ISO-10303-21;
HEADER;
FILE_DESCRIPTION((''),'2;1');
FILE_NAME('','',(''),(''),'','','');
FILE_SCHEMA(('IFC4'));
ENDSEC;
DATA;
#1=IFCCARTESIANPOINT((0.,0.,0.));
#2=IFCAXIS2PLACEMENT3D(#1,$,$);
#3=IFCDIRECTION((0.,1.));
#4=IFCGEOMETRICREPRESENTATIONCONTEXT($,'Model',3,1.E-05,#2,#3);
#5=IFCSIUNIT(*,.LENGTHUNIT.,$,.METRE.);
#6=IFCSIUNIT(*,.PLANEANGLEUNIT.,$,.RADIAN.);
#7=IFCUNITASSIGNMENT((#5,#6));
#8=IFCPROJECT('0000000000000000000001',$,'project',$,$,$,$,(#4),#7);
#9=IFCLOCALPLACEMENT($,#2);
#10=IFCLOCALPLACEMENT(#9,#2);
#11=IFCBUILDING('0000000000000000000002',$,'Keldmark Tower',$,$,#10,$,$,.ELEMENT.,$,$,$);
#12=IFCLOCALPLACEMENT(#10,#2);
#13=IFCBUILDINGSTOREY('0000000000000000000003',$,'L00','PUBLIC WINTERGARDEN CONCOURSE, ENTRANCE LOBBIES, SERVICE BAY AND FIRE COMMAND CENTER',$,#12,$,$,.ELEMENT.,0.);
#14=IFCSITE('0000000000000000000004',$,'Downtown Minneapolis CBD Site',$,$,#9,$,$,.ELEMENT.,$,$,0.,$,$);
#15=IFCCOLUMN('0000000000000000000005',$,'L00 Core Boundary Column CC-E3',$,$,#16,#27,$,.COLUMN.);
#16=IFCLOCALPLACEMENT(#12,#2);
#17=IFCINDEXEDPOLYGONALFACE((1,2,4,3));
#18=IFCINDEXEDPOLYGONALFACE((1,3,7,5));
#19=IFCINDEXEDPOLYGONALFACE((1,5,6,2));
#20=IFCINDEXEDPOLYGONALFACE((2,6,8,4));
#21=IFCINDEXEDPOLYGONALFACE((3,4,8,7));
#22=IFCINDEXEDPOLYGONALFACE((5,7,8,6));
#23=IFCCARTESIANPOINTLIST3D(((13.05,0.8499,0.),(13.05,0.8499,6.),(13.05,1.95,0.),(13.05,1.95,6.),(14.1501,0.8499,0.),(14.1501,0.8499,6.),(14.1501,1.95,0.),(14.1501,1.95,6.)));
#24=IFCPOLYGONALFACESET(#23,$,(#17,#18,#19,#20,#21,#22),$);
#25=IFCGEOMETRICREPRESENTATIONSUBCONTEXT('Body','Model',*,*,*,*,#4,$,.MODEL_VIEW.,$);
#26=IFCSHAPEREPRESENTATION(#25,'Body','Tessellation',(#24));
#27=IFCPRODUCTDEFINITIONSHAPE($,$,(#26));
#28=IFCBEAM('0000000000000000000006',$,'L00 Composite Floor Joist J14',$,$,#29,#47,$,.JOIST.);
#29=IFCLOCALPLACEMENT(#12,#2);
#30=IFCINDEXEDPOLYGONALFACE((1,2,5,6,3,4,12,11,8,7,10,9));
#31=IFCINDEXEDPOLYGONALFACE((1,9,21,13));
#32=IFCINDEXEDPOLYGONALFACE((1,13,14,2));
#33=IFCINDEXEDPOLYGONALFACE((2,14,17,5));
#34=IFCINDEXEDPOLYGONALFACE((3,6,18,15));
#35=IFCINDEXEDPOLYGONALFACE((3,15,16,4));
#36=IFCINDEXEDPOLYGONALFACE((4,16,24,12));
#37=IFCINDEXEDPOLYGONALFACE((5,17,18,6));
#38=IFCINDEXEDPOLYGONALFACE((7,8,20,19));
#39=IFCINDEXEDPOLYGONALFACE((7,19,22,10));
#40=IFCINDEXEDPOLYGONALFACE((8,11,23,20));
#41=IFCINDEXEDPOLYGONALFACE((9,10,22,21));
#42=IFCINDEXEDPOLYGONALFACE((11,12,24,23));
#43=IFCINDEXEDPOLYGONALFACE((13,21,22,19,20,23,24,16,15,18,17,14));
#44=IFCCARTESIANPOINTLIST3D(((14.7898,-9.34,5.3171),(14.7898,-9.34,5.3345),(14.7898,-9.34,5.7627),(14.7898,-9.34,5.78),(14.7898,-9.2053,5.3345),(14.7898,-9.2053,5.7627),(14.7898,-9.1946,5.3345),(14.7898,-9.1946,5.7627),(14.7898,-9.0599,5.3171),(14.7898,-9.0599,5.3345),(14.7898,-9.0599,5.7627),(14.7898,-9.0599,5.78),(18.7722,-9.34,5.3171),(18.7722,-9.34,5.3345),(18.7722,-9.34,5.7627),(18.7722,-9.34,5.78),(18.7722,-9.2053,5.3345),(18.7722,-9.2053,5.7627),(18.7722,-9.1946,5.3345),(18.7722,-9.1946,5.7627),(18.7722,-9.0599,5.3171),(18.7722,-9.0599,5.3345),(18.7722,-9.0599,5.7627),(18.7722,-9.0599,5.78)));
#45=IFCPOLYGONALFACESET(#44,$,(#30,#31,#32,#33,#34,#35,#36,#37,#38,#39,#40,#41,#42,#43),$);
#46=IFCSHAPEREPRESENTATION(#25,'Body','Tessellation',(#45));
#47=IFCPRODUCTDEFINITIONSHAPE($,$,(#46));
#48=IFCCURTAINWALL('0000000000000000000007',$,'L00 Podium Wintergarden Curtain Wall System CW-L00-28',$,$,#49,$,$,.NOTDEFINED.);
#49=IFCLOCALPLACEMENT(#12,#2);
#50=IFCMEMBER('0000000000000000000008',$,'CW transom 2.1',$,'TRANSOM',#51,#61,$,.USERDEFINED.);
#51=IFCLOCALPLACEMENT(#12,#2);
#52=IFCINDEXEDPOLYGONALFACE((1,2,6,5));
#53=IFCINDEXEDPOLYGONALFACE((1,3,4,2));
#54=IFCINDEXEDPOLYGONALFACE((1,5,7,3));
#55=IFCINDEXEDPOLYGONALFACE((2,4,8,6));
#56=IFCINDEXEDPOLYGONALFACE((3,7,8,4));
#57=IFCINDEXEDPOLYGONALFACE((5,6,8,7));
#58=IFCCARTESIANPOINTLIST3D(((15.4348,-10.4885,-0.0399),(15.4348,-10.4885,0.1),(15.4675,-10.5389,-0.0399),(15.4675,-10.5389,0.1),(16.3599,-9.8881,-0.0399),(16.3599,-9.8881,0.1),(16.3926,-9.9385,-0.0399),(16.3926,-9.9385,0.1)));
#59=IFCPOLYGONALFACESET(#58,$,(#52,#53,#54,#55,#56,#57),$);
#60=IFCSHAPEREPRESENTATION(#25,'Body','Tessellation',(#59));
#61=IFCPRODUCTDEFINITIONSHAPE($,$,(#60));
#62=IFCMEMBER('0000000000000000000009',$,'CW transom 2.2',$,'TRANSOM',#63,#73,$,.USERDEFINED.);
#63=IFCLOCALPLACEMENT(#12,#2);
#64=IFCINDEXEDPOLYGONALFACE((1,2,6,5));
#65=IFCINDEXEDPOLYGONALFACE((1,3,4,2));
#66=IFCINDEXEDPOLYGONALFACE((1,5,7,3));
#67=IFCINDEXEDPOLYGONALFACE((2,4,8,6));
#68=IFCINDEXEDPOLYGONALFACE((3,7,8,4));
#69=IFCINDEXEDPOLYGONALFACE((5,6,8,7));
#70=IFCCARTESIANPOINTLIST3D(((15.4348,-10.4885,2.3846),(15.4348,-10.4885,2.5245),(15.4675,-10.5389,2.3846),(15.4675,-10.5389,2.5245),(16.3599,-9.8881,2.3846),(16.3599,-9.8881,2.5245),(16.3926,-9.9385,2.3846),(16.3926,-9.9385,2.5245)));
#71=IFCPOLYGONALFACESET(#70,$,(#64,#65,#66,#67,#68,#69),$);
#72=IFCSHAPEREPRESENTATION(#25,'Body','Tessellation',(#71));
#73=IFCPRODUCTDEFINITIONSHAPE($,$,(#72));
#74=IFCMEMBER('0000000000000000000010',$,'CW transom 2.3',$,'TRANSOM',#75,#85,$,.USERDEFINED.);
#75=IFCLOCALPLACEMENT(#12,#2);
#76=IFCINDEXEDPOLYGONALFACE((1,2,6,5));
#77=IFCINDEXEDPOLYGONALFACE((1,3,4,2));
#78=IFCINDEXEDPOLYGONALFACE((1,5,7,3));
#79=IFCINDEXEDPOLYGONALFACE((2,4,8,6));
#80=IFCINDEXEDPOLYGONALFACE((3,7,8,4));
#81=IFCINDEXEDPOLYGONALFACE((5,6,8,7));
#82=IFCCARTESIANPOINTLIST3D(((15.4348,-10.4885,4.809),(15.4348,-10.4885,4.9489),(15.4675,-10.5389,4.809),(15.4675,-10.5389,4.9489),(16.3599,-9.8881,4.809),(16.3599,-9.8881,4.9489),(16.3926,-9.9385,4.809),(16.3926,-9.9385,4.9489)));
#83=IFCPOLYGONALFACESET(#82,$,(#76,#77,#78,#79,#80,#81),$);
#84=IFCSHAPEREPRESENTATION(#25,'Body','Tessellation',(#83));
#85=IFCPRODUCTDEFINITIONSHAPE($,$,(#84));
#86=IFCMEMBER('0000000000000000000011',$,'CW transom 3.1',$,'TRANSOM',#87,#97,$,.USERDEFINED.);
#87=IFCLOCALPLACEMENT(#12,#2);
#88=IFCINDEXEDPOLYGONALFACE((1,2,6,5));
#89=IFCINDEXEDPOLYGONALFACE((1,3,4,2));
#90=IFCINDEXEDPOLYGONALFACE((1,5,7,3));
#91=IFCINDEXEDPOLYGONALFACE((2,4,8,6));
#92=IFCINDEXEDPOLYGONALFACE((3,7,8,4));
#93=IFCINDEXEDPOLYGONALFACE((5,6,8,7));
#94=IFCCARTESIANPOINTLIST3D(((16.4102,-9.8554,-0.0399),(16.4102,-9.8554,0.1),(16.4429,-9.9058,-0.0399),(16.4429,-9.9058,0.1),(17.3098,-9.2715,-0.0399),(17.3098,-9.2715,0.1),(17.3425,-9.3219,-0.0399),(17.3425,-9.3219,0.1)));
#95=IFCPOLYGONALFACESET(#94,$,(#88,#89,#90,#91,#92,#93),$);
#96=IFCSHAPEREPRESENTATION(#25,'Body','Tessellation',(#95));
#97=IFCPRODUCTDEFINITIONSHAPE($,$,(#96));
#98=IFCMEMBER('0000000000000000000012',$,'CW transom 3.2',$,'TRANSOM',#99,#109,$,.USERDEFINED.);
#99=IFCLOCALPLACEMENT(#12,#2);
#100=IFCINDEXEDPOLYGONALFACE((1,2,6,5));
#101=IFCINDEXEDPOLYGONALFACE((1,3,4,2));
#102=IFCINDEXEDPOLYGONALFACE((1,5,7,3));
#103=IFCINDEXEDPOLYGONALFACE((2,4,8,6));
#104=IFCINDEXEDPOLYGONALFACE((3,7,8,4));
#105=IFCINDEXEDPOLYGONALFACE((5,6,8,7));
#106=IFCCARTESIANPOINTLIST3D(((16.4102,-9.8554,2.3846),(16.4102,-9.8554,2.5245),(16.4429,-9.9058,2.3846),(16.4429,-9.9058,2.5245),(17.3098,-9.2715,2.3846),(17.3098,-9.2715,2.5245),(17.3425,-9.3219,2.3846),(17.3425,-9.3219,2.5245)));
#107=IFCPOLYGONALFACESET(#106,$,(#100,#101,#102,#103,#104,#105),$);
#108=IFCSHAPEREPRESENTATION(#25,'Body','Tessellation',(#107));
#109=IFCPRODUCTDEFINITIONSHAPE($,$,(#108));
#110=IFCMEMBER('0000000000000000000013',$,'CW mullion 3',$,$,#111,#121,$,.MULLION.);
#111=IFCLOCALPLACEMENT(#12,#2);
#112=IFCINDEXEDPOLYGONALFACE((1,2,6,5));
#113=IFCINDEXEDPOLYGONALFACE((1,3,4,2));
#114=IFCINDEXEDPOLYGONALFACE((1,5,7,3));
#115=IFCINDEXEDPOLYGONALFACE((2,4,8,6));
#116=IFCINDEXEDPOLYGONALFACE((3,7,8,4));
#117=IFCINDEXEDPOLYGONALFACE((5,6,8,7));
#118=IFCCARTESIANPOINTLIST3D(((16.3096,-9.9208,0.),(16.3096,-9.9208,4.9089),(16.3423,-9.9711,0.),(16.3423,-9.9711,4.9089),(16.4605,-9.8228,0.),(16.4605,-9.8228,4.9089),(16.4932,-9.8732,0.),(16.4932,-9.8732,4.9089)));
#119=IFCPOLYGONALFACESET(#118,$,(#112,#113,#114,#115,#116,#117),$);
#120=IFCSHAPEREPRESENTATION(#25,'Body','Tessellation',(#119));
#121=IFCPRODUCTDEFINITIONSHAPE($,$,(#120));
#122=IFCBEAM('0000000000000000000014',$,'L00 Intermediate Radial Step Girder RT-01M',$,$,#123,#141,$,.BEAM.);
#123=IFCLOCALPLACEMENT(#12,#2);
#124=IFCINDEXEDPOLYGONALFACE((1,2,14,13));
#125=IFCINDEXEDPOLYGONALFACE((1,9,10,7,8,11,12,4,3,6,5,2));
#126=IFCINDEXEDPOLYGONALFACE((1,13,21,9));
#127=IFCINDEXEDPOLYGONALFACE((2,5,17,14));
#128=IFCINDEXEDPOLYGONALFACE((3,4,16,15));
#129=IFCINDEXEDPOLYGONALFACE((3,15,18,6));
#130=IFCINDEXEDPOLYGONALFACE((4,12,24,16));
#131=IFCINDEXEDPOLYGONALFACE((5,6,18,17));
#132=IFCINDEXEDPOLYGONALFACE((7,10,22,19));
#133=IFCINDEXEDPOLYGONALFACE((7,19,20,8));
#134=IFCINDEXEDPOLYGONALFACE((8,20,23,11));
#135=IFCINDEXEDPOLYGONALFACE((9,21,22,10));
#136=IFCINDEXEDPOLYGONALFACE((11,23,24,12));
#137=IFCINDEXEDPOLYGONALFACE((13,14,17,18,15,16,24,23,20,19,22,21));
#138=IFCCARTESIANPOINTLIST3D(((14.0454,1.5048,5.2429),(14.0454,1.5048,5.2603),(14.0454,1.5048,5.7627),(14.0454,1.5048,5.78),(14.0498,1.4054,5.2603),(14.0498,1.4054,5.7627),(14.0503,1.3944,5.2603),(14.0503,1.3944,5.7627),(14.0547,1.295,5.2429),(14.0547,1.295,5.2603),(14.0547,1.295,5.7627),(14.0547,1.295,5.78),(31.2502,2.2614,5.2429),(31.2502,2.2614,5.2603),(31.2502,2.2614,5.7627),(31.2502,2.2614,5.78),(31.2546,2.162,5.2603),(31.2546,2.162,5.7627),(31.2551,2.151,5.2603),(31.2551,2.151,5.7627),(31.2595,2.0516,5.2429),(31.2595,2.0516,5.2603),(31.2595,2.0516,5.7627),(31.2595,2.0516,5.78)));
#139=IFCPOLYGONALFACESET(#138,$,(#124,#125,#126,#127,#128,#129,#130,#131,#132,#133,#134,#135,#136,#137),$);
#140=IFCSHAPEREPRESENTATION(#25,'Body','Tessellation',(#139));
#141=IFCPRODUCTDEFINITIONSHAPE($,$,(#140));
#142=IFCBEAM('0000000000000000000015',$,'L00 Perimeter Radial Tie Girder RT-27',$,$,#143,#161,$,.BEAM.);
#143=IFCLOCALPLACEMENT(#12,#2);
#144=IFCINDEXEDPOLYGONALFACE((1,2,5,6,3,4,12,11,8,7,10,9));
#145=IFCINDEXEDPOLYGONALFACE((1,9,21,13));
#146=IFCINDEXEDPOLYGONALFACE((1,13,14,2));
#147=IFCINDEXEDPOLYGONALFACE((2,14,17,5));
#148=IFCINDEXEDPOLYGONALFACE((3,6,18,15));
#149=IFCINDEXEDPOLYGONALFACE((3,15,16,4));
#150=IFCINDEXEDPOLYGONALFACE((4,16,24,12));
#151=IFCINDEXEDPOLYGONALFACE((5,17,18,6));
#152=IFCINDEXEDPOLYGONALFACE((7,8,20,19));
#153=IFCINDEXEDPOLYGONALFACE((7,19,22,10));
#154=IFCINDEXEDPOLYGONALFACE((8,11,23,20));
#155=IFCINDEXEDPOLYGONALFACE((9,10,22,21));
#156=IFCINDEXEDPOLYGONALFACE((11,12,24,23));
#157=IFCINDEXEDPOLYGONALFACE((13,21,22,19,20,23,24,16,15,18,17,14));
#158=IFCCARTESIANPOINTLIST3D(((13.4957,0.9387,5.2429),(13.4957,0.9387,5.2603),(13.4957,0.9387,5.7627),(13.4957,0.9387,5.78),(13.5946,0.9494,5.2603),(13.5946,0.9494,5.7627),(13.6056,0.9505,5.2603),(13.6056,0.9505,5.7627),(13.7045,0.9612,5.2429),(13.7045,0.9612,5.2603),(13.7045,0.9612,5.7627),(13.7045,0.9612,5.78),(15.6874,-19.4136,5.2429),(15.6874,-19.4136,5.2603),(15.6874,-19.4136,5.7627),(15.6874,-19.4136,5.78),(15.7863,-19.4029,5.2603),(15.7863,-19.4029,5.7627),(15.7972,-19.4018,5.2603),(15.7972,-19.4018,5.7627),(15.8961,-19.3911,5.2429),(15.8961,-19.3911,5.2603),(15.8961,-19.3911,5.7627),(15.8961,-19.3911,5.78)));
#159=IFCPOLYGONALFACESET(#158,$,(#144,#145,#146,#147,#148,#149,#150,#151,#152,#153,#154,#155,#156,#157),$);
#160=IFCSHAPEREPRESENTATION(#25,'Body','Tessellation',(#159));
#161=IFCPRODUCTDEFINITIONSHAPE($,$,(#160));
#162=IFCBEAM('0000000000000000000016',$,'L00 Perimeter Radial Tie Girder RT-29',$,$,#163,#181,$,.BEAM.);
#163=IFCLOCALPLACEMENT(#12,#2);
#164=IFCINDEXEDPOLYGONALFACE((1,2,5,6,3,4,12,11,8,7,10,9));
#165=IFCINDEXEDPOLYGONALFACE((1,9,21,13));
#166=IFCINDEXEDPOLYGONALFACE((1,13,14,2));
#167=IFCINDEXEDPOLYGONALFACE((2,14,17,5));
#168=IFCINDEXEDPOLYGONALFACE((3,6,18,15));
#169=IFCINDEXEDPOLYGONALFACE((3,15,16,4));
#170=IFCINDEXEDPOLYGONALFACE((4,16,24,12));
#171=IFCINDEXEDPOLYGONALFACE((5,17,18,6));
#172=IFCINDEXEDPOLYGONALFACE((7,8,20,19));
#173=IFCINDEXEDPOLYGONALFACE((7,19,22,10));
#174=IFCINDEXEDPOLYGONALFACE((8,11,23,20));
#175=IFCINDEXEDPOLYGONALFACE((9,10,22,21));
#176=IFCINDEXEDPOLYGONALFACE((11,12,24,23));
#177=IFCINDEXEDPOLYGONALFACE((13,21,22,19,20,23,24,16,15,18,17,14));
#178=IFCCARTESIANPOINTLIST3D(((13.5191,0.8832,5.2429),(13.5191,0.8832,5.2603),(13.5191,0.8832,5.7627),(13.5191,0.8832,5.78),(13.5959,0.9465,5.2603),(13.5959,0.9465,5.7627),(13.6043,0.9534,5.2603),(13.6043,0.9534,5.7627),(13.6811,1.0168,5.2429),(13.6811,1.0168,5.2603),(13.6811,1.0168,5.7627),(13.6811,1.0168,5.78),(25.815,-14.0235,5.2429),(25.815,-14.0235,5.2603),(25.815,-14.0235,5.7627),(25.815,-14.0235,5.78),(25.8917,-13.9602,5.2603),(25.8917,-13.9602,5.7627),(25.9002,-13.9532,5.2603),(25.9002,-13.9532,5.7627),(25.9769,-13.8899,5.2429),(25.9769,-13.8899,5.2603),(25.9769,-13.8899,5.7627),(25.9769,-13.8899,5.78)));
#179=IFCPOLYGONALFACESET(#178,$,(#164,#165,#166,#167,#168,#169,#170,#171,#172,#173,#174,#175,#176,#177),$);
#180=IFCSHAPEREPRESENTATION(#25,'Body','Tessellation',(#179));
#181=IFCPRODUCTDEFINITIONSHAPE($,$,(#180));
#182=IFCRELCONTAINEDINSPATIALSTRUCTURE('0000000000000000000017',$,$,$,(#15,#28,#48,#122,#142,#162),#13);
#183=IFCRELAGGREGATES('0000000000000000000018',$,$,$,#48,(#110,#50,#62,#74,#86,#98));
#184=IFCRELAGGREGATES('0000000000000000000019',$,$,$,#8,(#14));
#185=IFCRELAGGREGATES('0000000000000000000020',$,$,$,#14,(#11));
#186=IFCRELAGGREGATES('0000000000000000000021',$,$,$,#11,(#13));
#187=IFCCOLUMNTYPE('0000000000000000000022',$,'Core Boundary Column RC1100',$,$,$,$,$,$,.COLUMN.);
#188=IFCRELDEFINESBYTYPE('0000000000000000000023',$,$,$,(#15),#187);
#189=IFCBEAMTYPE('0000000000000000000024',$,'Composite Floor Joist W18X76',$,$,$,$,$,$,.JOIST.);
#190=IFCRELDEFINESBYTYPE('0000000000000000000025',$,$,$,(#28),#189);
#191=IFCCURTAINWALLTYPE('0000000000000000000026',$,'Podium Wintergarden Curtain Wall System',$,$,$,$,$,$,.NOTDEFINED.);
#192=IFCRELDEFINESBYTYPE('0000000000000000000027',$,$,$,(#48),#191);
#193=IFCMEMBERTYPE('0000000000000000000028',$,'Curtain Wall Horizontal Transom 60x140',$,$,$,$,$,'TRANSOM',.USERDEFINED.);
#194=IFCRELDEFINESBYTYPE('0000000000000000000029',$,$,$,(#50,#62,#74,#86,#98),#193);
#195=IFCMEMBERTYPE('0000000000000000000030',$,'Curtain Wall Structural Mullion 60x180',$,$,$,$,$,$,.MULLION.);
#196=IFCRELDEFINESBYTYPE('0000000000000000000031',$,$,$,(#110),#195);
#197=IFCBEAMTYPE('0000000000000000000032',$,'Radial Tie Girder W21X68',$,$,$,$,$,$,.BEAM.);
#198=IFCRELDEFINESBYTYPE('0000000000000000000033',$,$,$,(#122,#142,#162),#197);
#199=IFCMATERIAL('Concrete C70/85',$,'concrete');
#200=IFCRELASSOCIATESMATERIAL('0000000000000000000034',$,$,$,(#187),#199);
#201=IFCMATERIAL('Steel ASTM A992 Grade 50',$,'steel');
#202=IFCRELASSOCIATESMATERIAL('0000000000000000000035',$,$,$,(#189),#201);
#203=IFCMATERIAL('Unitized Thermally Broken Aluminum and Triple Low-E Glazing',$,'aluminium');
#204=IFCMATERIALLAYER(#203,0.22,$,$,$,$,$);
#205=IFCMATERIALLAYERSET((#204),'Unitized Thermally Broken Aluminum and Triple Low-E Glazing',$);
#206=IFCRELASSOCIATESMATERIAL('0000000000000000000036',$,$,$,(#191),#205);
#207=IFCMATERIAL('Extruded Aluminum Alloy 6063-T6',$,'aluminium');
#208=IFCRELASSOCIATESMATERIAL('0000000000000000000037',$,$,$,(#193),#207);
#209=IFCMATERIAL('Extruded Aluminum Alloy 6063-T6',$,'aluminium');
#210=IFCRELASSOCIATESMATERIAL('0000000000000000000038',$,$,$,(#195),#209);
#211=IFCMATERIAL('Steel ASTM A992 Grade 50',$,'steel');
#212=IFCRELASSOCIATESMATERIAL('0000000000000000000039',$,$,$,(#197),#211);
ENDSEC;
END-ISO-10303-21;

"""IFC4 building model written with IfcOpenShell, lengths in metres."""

from ifc_helpers import new_model, si_unit, direction, frame, origin, origin_2d, place, context, subcontext, project, spatial, rectangle, i_section, extrude, material, layer, layer_set, material_profile, profile_set, type_object, element, aggregate, save


model = new_model("IFC4")

# Units and contexts
model_context = context("Model", 3, precision=1e-05, world=origin(), true_north=direction((0.0, 1.0)))
body_context = subcontext(model_context, "Body", "Model", "MODEL_VIEW")
ifc_project = project(units=[si_unit("LENGTHUNIT", "METRE"), si_unit("PLANEANGLEUNIT", "RADIAN")], contexts=[model_context])

# Site, building, storey
site_placement = place(None, origin())
site = spatial("IfcSite", under=ifc_project, at=site_placement, Name="Downtown Minneapolis CBD Site", CompositionType="ELEMENT", RefElevation=0.0)
building_placement = place(site_placement, origin())
building = spatial("IfcBuilding", under=site, at=building_placement, Name="Keldmark Tower", CompositionType="ELEMENT")
storey_placement = place(building_placement, origin())
storey = spatial("IfcBuildingStorey", under=building, at=storey_placement, Name="L00", Description="PUBLIC WINTERGARDEN CONCOURSE, ENTRANCE LOBBIES, SERVICE BAY AND FIRE COMMAND CENTER", CompositionType="ELEMENT", Elevation=0.0)

# Column
ifc_material_1 = material(Name="Concrete C70/85", Category="concrete")
ifc_material_profile_1 = material_profile(ifc_material_1, rectangle(XDim=1.1001, YDim=1.1001, at=origin_2d()), Name="RC1100X1100")
ifc_profile_set_1 = profile_set([ifc_material_profile_1], Name="Concrete C70/85")
column_type = type_object("IfcColumnType", Name="Core Boundary Column RC1100", PredefinedType="COLUMN", material=ifc_profile_set_1)
column_placement = place(storey_placement, frame((13.6001, 1.3999, 0.0), z_axis=(0.0, 0.0, 1.0), x_axis=(1.0, 0.0, 0.0)))
element("IfcColumn", 1, at=column_placement, inside=storey, type_object=column_type, Name="L00 Core Boundary Column CC-E3", PredefinedType="COLUMN", context=body_context, shape_type="SweptSolid", body=[
    extrude(rectangle(XDim=1.1001, YDim=1.1001, at=origin_2d()), origin(), (0.0, 0.0, 1.0), 6.0),
])

# Beam
ifc_material_2 = material(Name="Steel ASTM A992 Grade 50", Category="steel")
ifc_material_profile_2 = material_profile(ifc_material_2, i_section(OverallWidth=0.28, OverallDepth=0.4629, WebThickness=0.0107, FlangeThickness=0.0173, at=origin_2d()), Name="W18X76")
ifc_profile_set_2 = profile_set([ifc_material_profile_2], Name="Steel ASTM A992 Grade 50")
beam_type_1 = type_object("IfcBeamType", Name="Composite Floor Joist W18X76", PredefinedType="JOIST", material=ifc_profile_set_2)
beam_1_placement = place(storey_placement, frame((14.7898, -9.2, 5.5486), z_axis=(1.0, 0.0, 0.0), x_axis=(0.0, 1.0, 0.0)))
element("IfcBeam", 2, at=beam_1_placement, inside=storey, type_object=beam_type_1, Name="L00 Composite Floor Joist J14", PredefinedType="JOIST", context=body_context, shape_type="SweptSolid", body=[
    extrude(i_section(OverallWidth=0.28, OverallDepth=0.4629, WebThickness=0.0107, FlangeThickness=0.0173, at=origin_2d()), origin(), (0.0, 0.0, 1.0), 3.9824),
])

# Curtain wall, members
ifc_material_3 = material(Name="Unitized Thermally Broken Aluminum and Triple Low-E Glazing", Category="aluminium")
ifc_layer_1 = layer(ifc_material_3, 0.22)
ifc_layer_set_1 = layer_set([ifc_layer_1], Name="Unitized Thermally Broken Aluminum and Triple Low-E Glazing")
curtain_wall_type = type_object("IfcCurtainWallType", Name="Podium Wintergarden Curtain Wall System", PredefinedType="NOTDEFINED", material=ifc_layer_set_1)
curtain_wall_placement = place(storey_placement, origin())
curtain_wall = element("IfcCurtainWall", 3, at=curtain_wall_placement, inside=storey, type_object=curtain_wall_type, Name="L00 Podium Wintergarden Curtain Wall System CW-L00-28", PredefinedType="NOTDEFINED")
ifc_material_4 = material(Name="Extruded Aluminum Alloy 6063-T6", Category="aluminium")
ifc_material_profile_3 = material_profile(ifc_material_4, rectangle(XDim=0.0601, YDim=0.1399, at=origin_2d()), Name="CWT60X140")
ifc_profile_set_3 = profile_set([ifc_material_profile_3], Name="Extruded Aluminum Alloy 6063-T6")
member_type_1 = type_object("IfcMemberType", Name="Curtain Wall Horizontal Transom 60x140", ElementType="TRANSOM", PredefinedType="USERDEFINED", material=ifc_profile_set_3)
member_1_placement = place(storey_placement, frame((15.4512, -10.5137, 0.03), z_axis=(0.838833, 0.544389, 0.0), x_axis=(-0.544389, 0.838833, 0.0)))
member_1 = element("IfcMember", 4, at=member_1_placement, type_object=member_type_1, Name="CW transom 2.1", ObjectType="TRANSOM", PredefinedType="USERDEFINED", context=body_context, shape_type="SweptSolid", body=[
    extrude(rectangle(XDim=0.0601, YDim=0.1399, at=origin_2d()), origin(), (0.0, 0.0, 1.0), 1.1028),
])
member_2_placement = place(storey_placement, frame((15.4512, -10.5137, 2.4546), z_axis=(0.838833, 0.544389, 0.0), x_axis=(-0.544389, 0.838833, 0.0)))
member_2 = element("IfcMember", 5, at=member_2_placement, type_object=member_type_1, Name="CW transom 2.2", ObjectType="TRANSOM", PredefinedType="USERDEFINED", context=body_context, shape_type="SweptSolid", body=[
    extrude(rectangle(XDim=0.0601, YDim=0.1399, at=origin_2d()), origin(), (0.0, 0.0, 1.0), 1.1028),
])
member_3_placement = place(storey_placement, frame((15.4512, -10.5137, 4.8789), z_axis=(0.838833, 0.544389, 0.0), x_axis=(-0.544389, 0.838833, 0.0)))
member_3 = element("IfcMember", 6, at=member_3_placement, type_object=member_type_1, Name="CW transom 2.3", ObjectType="TRANSOM", PredefinedType="USERDEFINED", context=body_context, shape_type="SweptSolid", body=[
    extrude(rectangle(XDim=0.0601, YDim=0.1399, at=origin_2d()), origin(), (0.0, 0.0, 1.0), 1.1028),
])
member_4_placement = place(storey_placement, frame((16.4265, -9.8806, 0.03), z_axis=(0.838781, 0.544468, 0.0), x_axis=(-0.544468, 0.838781, 0.0)))
member_4 = element("IfcMember", 7, at=member_4_placement, type_object=member_type_1, Name="CW transom 3.1", ObjectType="TRANSOM", PredefinedType="USERDEFINED", context=body_context, shape_type="SweptSolid", body=[
    extrude(rectangle(XDim=0.0601, YDim=0.1399, at=origin_2d()), origin(), (0.0, 0.0, 1.0), 1.0725),
])
member_5_placement = place(storey_placement, frame((16.4265, -9.8806, 2.4546), z_axis=(0.838781, 0.544468, 0.0), x_axis=(-0.544468, 0.838781, 0.0)))
member_5 = element("IfcMember", 8, at=member_5_placement, type_object=member_type_1, Name="CW transom 3.2", ObjectType="TRANSOM", PredefinedType="USERDEFINED", context=body_context, shape_type="SweptSolid", body=[
    extrude(rectangle(XDim=0.0601, YDim=0.1399, at=origin_2d()), origin(), (0.0, 0.0, 1.0), 1.0725),
])
ifc_material_5 = material(Name="Extruded Aluminum Alloy 6063-T6", Category="aluminium")
ifc_material_profile_4 = material_profile(ifc_material_5, rectangle(XDim=0.0601, YDim=0.1799, at=origin_2d()), Name="CWM60X180")
ifc_profile_set_4 = profile_set([ifc_material_profile_4], Name="Extruded Aluminum Alloy 6063-T6")
member_type_2 = type_object("IfcMemberType", Name="Curtain Wall Structural Mullion 60x180", PredefinedType="MULLION", material=ifc_profile_set_4)
member_6_placement = place(storey_placement, frame((16.4014, -9.897, 0.0), z_axis=(0.0, 0.0, 1.0), x_axis=(-0.544496, 0.838763, 0.0)))
member_6 = element("IfcMember", 9, at=member_6_placement, type_object=member_type_2, Name="CW mullion 3", PredefinedType="MULLION", context=body_context, shape_type="SweptSolid", body=[
    extrude(rectangle(XDim=0.0601, YDim=0.1799, at=origin_2d()), origin(), (0.0, 0.0, 1.0), 4.9089),
])

# Beams
ifc_material_6 = material(Name="Steel ASTM A992 Grade 50", Category="steel")
ifc_material_profile_5 = material_profile(ifc_material_6, i_section(OverallWidth=0.21, OverallDepth=0.5371, WebThickness=0.011, FlangeThickness=0.0173, at=origin_2d()), Name="W21X68")
ifc_profile_set_5 = profile_set([ifc_material_profile_5], Name="Steel ASTM A992 Grade 50")
beam_type_2 = type_object("IfcBeamType", Name="Radial Tie Girder W21X68", PredefinedType="BEAM", material=ifc_profile_set_5)
beam_2_placement = place(storey_placement, frame((14.05, 1.3999, 5.5115), z_axis=(0.999034, 0.043933, 0.0), x_axis=(-0.043933, 0.999034, 0.0)))
element("IfcBeam", 10, at=beam_2_placement, inside=storey, type_object=beam_type_2, Name="L00 Intermediate Radial Step Girder RT-01M", PredefinedType="BEAM", context=body_context, shape_type="SweptSolid", body=[
    extrude(i_section(OverallWidth=0.21, OverallDepth=0.5371, WebThickness=0.011, FlangeThickness=0.0173, at=origin_2d()), origin(), (0.0, 0.0, 1.0), 17.2214),
])
beam_3_placement = place(storey_placement, frame((13.6001, 0.95, 5.5115), z_axis=(0.107067, -0.994252, 0.0), x_axis=(0.994252, 0.107067, 0.0)))
element("IfcBeam", 11, at=beam_3_placement, inside=storey, type_object=beam_type_2, Name="L00 Perimeter Radial Tie Girder RT-27", PredefinedType="BEAM", context=body_context, shape_type="SweptSolid", body=[
    extrude(i_section(OverallWidth=0.21, OverallDepth=0.5371, WebThickness=0.011, FlangeThickness=0.0173, at=origin_2d()), origin(), (0.0, 0.0, 1.0), 20.47),
])
beam_4_placement = place(storey_placement, frame((13.6001, 0.95, 5.5115), z_axis=(0.636316, -0.771428, 0.0), x_axis=(0.771428, 0.636316, 0.0)))
element("IfcBeam", 12, at=beam_4_placement, inside=storey, type_object=beam_type_2, Name="L00 Perimeter Radial Tie Girder RT-29", PredefinedType="BEAM", context=body_context, shape_type="SweptSolid", body=[
    extrude(i_section(OverallWidth=0.21, OverallDepth=0.5371, WebThickness=0.011, FlangeThickness=0.0173, at=origin_2d()), origin(), (0.0, 0.0, 1.0), 19.3235),
])

aggregate(curtain_wall, [member_6, member_1, member_2, member_3, member_4, member_5])

save(model, "model.ifc")
